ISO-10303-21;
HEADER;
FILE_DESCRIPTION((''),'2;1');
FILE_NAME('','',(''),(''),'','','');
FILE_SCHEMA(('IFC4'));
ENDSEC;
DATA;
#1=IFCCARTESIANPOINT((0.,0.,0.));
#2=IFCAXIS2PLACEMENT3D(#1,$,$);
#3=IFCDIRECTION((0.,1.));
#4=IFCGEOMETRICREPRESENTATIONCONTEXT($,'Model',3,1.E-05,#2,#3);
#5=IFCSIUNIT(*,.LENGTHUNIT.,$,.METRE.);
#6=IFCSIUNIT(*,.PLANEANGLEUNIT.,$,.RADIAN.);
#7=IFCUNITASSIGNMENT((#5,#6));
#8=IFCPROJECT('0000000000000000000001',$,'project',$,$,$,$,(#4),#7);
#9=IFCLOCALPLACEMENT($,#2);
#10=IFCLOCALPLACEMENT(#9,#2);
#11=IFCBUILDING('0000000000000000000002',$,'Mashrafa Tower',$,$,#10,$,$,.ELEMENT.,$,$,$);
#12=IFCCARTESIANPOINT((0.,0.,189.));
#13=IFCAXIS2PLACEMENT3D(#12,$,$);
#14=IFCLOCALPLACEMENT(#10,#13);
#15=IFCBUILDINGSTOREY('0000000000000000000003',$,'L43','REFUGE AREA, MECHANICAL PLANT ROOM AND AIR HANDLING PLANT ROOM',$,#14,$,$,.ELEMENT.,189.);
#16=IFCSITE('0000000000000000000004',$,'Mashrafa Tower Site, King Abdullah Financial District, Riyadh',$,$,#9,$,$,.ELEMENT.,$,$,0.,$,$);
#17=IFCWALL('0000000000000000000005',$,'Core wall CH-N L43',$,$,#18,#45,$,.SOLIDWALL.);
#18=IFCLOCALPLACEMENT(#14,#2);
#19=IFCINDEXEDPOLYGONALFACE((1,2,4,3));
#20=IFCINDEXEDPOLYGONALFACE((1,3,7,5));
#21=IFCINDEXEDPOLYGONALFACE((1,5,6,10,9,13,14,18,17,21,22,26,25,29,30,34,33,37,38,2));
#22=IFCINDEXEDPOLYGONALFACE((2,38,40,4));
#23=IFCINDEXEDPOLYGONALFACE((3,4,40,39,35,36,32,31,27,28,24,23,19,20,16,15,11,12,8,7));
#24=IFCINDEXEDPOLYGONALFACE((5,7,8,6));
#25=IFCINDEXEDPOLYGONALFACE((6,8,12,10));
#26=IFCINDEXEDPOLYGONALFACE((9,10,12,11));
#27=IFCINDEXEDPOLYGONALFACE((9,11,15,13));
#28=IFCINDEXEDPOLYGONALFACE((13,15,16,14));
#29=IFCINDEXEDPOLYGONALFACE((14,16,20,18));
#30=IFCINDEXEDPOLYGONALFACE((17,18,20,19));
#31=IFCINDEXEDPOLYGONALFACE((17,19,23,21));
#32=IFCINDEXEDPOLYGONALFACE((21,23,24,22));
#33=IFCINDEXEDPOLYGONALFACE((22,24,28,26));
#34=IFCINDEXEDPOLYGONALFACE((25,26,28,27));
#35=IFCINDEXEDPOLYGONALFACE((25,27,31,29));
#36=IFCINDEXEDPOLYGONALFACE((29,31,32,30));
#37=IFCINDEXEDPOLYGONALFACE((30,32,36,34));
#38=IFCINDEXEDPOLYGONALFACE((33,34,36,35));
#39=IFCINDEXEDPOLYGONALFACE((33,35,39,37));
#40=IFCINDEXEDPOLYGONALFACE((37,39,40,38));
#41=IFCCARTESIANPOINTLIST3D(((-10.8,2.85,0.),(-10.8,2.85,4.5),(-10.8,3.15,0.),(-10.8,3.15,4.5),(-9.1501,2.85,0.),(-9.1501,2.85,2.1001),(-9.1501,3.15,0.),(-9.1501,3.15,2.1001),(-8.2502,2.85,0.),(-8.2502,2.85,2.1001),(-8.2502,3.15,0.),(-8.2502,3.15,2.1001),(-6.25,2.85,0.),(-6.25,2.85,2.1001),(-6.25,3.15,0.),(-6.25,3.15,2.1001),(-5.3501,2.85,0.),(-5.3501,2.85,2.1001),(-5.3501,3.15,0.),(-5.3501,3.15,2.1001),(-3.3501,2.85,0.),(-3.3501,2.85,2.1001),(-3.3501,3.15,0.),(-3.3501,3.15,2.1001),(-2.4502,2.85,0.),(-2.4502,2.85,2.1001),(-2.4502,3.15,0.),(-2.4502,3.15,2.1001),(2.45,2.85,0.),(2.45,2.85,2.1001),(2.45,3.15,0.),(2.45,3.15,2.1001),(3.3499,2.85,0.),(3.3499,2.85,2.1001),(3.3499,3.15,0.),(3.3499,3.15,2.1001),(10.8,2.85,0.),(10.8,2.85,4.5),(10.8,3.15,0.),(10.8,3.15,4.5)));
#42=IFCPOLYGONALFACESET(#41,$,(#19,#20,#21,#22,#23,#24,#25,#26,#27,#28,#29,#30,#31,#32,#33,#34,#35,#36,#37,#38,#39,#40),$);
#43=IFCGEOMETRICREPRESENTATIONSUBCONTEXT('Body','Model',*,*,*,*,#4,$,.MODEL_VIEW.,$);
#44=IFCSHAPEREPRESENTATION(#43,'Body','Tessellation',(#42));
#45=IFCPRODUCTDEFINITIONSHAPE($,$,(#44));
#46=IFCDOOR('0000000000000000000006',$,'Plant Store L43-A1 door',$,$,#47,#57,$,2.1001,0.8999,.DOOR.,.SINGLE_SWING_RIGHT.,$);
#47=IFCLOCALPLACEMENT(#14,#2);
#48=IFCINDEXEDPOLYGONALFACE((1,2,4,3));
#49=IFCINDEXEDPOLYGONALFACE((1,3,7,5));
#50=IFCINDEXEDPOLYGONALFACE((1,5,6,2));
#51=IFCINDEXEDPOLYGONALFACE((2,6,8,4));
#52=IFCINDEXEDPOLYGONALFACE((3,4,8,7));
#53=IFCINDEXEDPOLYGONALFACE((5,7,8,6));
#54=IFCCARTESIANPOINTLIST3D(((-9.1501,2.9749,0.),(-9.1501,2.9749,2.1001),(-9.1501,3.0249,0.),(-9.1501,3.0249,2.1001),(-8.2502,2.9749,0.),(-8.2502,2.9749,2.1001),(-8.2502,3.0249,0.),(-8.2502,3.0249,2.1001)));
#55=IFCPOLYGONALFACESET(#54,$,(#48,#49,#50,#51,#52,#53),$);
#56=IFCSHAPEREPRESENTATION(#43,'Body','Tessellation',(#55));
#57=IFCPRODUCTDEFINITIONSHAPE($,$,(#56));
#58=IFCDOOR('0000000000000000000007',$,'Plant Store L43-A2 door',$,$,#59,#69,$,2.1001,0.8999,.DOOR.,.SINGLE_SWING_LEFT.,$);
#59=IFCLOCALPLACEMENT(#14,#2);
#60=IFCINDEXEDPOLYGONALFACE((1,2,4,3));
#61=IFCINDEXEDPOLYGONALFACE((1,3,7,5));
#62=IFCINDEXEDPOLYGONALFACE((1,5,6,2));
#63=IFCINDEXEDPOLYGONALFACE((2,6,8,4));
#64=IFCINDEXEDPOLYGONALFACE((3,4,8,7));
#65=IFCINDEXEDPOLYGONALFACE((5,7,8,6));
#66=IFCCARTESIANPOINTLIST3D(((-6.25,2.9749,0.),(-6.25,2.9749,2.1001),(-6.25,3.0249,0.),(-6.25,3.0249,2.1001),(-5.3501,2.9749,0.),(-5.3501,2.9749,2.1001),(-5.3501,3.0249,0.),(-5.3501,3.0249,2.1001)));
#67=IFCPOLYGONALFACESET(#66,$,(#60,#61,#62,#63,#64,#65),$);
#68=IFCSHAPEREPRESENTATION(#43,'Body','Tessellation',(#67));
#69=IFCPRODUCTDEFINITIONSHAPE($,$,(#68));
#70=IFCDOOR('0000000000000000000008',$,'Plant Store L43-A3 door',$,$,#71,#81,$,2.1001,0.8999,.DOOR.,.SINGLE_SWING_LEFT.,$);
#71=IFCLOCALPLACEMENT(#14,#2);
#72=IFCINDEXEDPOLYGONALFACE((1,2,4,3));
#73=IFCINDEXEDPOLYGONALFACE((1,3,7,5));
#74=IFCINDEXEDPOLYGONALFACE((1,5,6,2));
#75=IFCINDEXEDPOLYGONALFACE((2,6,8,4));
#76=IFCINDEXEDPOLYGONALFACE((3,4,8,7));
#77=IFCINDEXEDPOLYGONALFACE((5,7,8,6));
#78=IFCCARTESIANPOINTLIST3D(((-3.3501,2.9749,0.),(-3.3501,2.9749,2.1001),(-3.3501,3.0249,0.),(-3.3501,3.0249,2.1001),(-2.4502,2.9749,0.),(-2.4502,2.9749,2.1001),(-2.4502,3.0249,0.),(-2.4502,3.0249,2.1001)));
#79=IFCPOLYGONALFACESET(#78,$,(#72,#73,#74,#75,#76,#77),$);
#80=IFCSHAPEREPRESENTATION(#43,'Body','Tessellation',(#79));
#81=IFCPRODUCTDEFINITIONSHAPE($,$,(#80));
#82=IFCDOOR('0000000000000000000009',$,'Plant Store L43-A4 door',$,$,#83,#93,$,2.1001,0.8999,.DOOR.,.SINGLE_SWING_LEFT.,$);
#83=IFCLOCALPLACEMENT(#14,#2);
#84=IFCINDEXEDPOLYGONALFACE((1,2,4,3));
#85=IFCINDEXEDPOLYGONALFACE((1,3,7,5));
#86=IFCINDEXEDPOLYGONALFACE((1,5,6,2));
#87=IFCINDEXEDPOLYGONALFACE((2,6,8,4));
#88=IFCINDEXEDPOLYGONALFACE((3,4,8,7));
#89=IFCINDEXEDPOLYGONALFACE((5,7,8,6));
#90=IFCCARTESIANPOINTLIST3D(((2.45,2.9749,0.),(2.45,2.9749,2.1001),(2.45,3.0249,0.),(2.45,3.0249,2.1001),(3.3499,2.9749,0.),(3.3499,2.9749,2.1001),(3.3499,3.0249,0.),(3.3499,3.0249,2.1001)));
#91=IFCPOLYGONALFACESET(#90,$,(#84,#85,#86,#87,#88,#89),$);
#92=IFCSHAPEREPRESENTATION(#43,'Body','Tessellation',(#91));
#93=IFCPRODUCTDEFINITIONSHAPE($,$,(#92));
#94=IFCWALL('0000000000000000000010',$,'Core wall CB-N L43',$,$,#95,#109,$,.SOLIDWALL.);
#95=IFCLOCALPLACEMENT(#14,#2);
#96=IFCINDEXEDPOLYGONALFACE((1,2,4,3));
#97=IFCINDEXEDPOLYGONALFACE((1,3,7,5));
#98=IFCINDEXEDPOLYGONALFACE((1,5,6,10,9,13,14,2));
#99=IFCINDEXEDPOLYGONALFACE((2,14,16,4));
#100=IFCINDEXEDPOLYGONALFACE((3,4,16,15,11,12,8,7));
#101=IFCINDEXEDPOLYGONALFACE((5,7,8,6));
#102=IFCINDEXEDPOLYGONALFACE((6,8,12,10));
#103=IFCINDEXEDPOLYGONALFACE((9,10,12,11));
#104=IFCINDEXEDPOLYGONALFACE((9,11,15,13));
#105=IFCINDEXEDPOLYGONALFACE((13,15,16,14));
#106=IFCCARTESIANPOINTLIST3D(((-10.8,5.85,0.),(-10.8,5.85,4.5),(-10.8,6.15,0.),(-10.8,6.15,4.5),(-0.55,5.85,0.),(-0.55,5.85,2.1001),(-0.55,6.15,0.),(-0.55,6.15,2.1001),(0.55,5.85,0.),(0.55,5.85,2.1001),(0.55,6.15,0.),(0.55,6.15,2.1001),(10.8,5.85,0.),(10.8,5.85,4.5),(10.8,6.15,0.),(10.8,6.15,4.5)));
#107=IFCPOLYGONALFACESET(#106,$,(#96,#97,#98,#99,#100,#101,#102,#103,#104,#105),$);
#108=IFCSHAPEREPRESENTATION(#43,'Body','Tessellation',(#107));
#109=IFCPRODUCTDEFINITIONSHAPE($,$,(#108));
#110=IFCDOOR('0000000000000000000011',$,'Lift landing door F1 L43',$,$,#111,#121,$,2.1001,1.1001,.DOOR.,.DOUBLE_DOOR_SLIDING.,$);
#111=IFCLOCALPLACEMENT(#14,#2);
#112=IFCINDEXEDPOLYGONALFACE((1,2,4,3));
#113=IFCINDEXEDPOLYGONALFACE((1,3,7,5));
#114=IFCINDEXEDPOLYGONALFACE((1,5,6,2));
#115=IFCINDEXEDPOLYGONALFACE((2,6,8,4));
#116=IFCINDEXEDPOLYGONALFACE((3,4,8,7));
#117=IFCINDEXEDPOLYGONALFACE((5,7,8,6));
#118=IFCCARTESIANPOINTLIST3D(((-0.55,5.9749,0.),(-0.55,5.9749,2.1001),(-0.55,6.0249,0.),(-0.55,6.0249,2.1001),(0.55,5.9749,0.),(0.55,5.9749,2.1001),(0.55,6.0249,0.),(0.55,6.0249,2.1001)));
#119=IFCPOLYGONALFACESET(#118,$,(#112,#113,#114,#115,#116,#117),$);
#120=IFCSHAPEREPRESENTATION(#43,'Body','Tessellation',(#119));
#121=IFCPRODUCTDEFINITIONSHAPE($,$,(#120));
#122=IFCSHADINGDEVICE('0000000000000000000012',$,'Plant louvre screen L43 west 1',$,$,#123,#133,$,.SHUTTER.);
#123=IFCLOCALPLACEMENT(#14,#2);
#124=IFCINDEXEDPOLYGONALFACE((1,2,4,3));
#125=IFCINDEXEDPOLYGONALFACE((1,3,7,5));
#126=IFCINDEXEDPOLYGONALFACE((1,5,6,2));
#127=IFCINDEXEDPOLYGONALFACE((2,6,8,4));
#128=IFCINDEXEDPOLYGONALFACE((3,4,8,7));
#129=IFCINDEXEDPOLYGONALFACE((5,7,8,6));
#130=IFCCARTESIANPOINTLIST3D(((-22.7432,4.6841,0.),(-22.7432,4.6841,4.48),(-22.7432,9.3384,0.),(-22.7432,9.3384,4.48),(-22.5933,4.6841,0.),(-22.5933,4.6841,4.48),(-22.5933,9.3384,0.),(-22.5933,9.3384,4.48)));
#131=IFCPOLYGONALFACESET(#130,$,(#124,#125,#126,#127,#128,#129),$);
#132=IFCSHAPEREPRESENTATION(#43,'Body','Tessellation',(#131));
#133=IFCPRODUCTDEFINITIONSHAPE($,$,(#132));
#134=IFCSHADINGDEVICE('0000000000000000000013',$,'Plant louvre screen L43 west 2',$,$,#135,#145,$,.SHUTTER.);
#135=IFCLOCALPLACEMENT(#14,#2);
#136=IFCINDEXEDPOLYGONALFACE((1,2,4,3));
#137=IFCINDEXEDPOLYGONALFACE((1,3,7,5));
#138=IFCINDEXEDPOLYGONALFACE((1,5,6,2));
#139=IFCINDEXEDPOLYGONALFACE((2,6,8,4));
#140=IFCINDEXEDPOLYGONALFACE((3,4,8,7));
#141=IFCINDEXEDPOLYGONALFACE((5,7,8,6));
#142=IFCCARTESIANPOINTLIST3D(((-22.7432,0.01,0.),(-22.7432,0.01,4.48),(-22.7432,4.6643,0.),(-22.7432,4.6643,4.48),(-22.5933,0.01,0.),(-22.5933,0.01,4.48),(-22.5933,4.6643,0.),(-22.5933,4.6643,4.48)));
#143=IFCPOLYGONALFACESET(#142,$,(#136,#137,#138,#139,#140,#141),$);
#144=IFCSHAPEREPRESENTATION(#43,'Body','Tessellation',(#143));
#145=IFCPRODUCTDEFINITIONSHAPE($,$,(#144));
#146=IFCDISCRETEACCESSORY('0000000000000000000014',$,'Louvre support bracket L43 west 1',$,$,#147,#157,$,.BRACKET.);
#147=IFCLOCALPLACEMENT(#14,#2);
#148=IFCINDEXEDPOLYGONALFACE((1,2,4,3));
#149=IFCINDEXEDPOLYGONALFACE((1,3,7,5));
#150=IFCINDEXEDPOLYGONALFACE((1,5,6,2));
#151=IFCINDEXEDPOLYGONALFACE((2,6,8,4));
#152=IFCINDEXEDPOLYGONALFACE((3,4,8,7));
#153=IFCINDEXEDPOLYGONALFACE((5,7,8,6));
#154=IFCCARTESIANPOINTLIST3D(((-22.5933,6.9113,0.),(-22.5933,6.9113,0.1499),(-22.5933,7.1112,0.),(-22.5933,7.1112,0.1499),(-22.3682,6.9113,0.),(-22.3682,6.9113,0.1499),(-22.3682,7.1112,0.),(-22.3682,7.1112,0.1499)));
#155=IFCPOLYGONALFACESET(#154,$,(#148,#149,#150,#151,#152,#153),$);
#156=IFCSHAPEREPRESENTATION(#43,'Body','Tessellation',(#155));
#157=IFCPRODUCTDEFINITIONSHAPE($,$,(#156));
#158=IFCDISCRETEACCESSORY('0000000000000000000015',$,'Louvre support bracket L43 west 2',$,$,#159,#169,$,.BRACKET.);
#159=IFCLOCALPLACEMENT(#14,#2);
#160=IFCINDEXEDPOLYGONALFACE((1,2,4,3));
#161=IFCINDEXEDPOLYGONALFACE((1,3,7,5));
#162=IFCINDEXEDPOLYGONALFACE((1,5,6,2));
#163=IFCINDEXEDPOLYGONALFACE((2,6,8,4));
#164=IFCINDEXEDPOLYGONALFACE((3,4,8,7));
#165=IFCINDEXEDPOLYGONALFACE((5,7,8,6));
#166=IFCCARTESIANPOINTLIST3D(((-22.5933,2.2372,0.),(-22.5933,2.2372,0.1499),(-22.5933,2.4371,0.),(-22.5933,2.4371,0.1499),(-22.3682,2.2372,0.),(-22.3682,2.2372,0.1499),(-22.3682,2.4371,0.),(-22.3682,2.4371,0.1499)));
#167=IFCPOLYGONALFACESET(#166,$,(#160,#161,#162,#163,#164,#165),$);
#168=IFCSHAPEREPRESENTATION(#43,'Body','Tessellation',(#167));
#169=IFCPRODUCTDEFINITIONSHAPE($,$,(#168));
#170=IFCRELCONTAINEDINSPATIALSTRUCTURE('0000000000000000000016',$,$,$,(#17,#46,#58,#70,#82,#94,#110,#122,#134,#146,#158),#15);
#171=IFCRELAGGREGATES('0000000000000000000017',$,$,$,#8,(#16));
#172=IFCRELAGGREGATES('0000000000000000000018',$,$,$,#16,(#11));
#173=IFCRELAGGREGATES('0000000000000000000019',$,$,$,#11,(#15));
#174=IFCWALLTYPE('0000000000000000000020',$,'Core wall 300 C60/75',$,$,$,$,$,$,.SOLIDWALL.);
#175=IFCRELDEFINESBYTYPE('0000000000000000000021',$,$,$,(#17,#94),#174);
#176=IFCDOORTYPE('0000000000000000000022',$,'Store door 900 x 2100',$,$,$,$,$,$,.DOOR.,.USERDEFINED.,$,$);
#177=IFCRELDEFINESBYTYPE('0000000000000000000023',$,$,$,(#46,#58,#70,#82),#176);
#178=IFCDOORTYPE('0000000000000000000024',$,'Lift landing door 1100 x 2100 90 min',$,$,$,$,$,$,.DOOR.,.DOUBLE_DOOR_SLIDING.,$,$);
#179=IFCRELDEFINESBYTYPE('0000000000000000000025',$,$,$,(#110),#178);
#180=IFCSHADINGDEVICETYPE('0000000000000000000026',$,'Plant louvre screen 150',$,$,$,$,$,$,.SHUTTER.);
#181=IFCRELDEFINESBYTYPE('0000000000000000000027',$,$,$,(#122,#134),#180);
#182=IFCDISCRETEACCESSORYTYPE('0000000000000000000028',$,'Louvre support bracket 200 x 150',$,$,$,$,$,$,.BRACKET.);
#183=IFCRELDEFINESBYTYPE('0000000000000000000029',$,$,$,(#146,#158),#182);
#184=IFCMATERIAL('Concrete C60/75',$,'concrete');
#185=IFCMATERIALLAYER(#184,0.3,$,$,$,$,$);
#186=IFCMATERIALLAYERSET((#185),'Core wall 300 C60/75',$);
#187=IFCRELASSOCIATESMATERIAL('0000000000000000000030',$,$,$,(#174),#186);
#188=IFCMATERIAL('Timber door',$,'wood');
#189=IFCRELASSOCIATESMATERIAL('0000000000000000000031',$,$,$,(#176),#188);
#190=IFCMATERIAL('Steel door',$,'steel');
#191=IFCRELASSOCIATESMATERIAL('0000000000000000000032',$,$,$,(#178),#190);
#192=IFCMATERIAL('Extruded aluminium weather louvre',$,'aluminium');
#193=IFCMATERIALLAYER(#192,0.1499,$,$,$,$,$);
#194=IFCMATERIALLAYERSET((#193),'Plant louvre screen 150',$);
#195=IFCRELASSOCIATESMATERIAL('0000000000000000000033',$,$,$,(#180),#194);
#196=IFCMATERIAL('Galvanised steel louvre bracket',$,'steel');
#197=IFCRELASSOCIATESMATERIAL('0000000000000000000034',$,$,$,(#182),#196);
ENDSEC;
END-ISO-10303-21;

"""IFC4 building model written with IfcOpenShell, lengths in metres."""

from ifc_helpers import new_model, si_unit, direction, frame, frame_2d, origin, origin_2d, place, context, subcontext, project, spatial, rectangle, extrude, source, transform, mapped, material, layer, layer_set, type_object, type_shapes, element, fill, save


model = new_model("IFC4")

# Units and contexts
model_context = context("Model", 3, precision=1e-05, world=origin(), true_north=direction((0.0, 1.0)))
body_context = subcontext(model_context, "Body", "Model", "MODEL_VIEW")
ifc_project = project(units=[si_unit("LENGTHUNIT", "METRE"), si_unit("PLANEANGLEUNIT", "RADIAN")], contexts=[model_context])

# Site, building, storey
site_placement = place(None, origin())
site = spatial("IfcSite", under=ifc_project, at=site_placement, Name="Mashrafa Tower Site, King Abdullah Financial District, Riyadh", CompositionType="ELEMENT", RefElevation=0.0)
building_placement = place(site_placement, origin())
building = spatial("IfcBuilding", under=site, at=building_placement, Name="Mashrafa Tower", CompositionType="ELEMENT")
storey_placement = place(building_placement, frame((0.0, 0.0, 189.0)))
storey = spatial("IfcBuildingStorey", under=building, at=storey_placement, Name="L43", Description="REFUGE AREA, MECHANICAL PLANT ROOM AND AIR HANDLING PLANT ROOM", CompositionType="ELEMENT", Elevation=189.0)

# Wall, openings, doors
ifc_material_1 = material(Name="Concrete C60/75", Category="concrete")
ifc_layer_1 = layer(ifc_material_1, 0.3)
ifc_layer_set_1 = layer_set([ifc_layer_1], Name="Core wall 300 C60/75")
wall_type = type_object("IfcWallType", Name="Core wall 300 C60/75", PredefinedType="SOLIDWALL", material=ifc_layer_set_1)
wall_1_placement = place(storey_placement, frame((-10.8, 3.0, 0.0), z_axis=(0.0, 0.0, 1.0), x_axis=(1.0, 0.0, 0.0)))
wall_1 = element("IfcWall", 1, at=wall_1_placement, inside=storey, type_object=wall_type, Name="Core wall CH-N L43", PredefinedType="SOLIDWALL", context=body_context, shape_type="SweptSolid", body=[
    extrude(rectangle(XDim=21.6001, YDim=0.3, at=frame_2d((10.8, 0.0))), origin(), (0.0, 0.0, 1.0), 4.5),
])
opening_1_placement = place(wall_1_placement, frame((1.6499, 0.0, 0.0)))
opening_1 = element("IfcOpeningElement", 2, at=opening_1_placement, cuts=wall_1, PredefinedType="OPENING", context=body_context, shape_type="SweptSolid", body=[
    extrude(rectangle(XDim=0.8999, YDim=2.1001, at=frame_2d((0.45, 1.05))), frame((0.0, 0.1599, 0.0), z_axis=(0.0, -1.0, 0.0), x_axis=(1.0, 0.0, 0.0)), (0.0, 0.0, 1.0), 0.3201),
])
opening_2_placement = place(wall_1_placement, frame((4.55, 0.0, 0.0)))
opening_2 = element("IfcOpeningElement", 3, at=opening_2_placement, cuts=wall_1, PredefinedType="OPENING", context=body_context, shape_type="SweptSolid", body=[
    extrude(rectangle(XDim=0.8999, YDim=2.1001, at=frame_2d((0.45, 1.05))), frame((0.0, 0.1599, 0.0), z_axis=(0.0, -1.0, 0.0), x_axis=(1.0, 0.0, 0.0)), (0.0, 0.0, 1.0), 0.3201),
])
opening_3_placement = place(wall_1_placement, frame((7.45, 0.0, 0.0)))
opening_3 = element("IfcOpeningElement", 4, at=opening_3_placement, cuts=wall_1, PredefinedType="OPENING", context=body_context, shape_type="SweptSolid", body=[
    extrude(rectangle(XDim=0.8999, YDim=2.1001, at=frame_2d((0.45, 1.05))), frame((0.0, 0.1599, 0.0), z_axis=(0.0, -1.0, 0.0), x_axis=(1.0, 0.0, 0.0)), (0.0, 0.0, 1.0), 0.3201),
])
opening_4_placement = place(wall_1_placement, frame((13.25, 0.0, 0.0)))
opening_4 = element("IfcOpeningElement", 5, at=opening_4_placement, cuts=wall_1, PredefinedType="OPENING", context=body_context, shape_type="SweptSolid", body=[
    extrude(rectangle(XDim=0.8999, YDim=2.1001, at=frame_2d((0.45, 1.05))), frame((0.0, 0.1599, 0.0), z_axis=(0.0, -1.0, 0.0), x_axis=(1.0, 0.0, 0.0)), (0.0, 0.0, 1.0), 0.3201),
])
ifc_material_2 = material(Name="Timber door", Category="wood")
door_type_1 = type_object("IfcDoorType", Name="Store door 900 x 2100", OperationType="USERDEFINED", PredefinedType="DOOR", material=ifc_material_2)
door_1_placement = place(opening_1_placement, origin())
door_1 = element("IfcDoor", 6, at=door_1_placement, inside=storey, type_object=door_type_1, Name="Plant Store L43-A1 door", OperationType="SINGLE_SWING_RIGHT", OverallHeight=2.1001, OverallWidth=0.8999, PredefinedType="DOOR", context=body_context, shape_type="SweptSolid", body=[
    extrude(rectangle(XDim=0.8999, YDim=2.1001, at=frame_2d((0.45, 1.05))), frame((0.0, 0.0249, 0.0), z_axis=(0.0, -1.0, 0.0), x_axis=(1.0, 0.0, 0.0)), (0.0, 0.0, 1.0), 0.05),
])
fill(opening_1, door_1)
door_2_placement = place(opening_2_placement, origin())
door_2 = element("IfcDoor", 7, at=door_2_placement, inside=storey, type_object=door_type_1, Name="Plant Store L43-A2 door", OperationType="SINGLE_SWING_LEFT", OverallHeight=2.1001, OverallWidth=0.8999, PredefinedType="DOOR", context=body_context, shape_type="SweptSolid", body=[
    extrude(rectangle(XDim=0.8999, YDim=2.1001, at=frame_2d((0.45, 1.05))), frame((0.0, 0.0249, 0.0), z_axis=(0.0, -1.0, 0.0), x_axis=(1.0, 0.0, 0.0)), (0.0, 0.0, 1.0), 0.05),
])
fill(opening_2, door_2)
door_3_placement = place(opening_3_placement, origin())
door_3 = element("IfcDoor", 8, at=door_3_placement, inside=storey, type_object=door_type_1, Name="Plant Store L43-A3 door", OperationType="SINGLE_SWING_LEFT", OverallHeight=2.1001, OverallWidth=0.8999, PredefinedType="DOOR", context=body_context, shape_type="SweptSolid", body=[
    extrude(rectangle(XDim=0.8999, YDim=2.1001, at=frame_2d((0.45, 1.05))), frame((0.0, 0.0249, 0.0), z_axis=(0.0, -1.0, 0.0), x_axis=(1.0, 0.0, 0.0)), (0.0, 0.0, 1.0), 0.05),
])
fill(opening_3, door_3)
door_4_placement = place(opening_4_placement, origin())
door_4 = element("IfcDoor", 9, at=door_4_placement, inside=storey, type_object=door_type_1, Name="Plant Store L43-A4 door", OperationType="SINGLE_SWING_LEFT", OverallHeight=2.1001, OverallWidth=0.8999, PredefinedType="DOOR", context=body_context, shape_type="SweptSolid", body=[
    extrude(rectangle(XDim=0.8999, YDim=2.1001, at=frame_2d((0.45, 1.05))), frame((0.0, 0.0249, 0.0), z_axis=(0.0, -1.0, 0.0), x_axis=(1.0, 0.0, 0.0)), (0.0, 0.0, 1.0), 0.05),
])
fill(opening_4, door_4)

# Wall, opening, door
wall_2_placement = place(storey_placement, frame((-10.8, 6.0, 0.0), z_axis=(0.0, 0.0, 1.0), x_axis=(1.0, 0.0, 0.0)))
wall_2 = element("IfcWall", 10, at=wall_2_placement, inside=storey, type_object=wall_type, Name="Core wall CB-N L43", PredefinedType="SOLIDWALL", context=body_context, shape_type="SweptSolid", body=[
    extrude(rectangle(XDim=21.6001, YDim=0.3, at=frame_2d((10.8, 0.0))), origin(), (0.0, 0.0, 1.0), 4.5),
])
opening_5_placement = place(wall_2_placement, frame((10.25, 0.0, 0.0)))
opening_5 = element("IfcOpeningElement", 11, at=opening_5_placement, cuts=wall_2, PredefinedType="OPENING", context=body_context, shape_type="SweptSolid", body=[
    extrude(rectangle(XDim=1.1001, YDim=2.1001, at=frame_2d((0.55, 1.05))), frame((0.0, 0.1599, 0.0), z_axis=(0.0, -1.0, 0.0), x_axis=(1.0, 0.0, 0.0)), (0.0, 0.0, 1.0), 0.3201),
])
ifc_material_3 = material(Name="Steel door", Category="steel")
door_type_2 = type_object("IfcDoorType", Name="Lift landing door 1100 x 2100 90 min", OperationType="DOUBLE_DOOR_SLIDING", PredefinedType="DOOR", material=ifc_material_3)
door_5_placement = place(opening_5_placement, origin())
door_5 = element("IfcDoor", 12, at=door_5_placement, inside=storey, type_object=door_type_2, Name="Lift landing door F1 L43", OperationType="DOUBLE_DOOR_SLIDING", OverallHeight=2.1001, OverallWidth=1.1001, PredefinedType="DOOR", context=body_context, shape_type="SweptSolid", body=[
    extrude(rectangle(XDim=1.1001, YDim=2.1001, at=frame_2d((0.55, 1.05))), frame((0.0, 0.0249, 0.0), z_axis=(0.0, -1.0, 0.0), x_axis=(1.0, 0.0, 0.0)), (0.0, 0.0, 1.0), 0.05),
])
fill(opening_5, door_5)

# Shading devices
ifc_material_4 = material(Name="Extruded aluminium weather louvre", Category="aluminium")
ifc_layer_2 = layer(ifc_material_4, 0.1499)
ifc_layer_set_2 = layer_set([ifc_layer_2], Name="Plant louvre screen 150")
shading_device_type = type_object("IfcShadingDeviceType", Name="Plant louvre screen 150", PredefinedType="SHUTTER", material=ifc_layer_set_2)
shared_shape_1 = source(origin(), body_context, "Body", "SweptSolid", [
    extrude(rectangle(XDim=4.6543, YDim=0.1499, at=origin_2d()), origin(), (0.0, 0.0, 1.0), 4.48),
])
type_shapes(shading_device_type, [shared_shape_1])
for number, where, z_axis, x_axis, name in (
    (13, (-22.6682, 7.0112, 0.0), (0.0, 0.0, 1.0), (0.0, -1.0, 0.0), "Plant louvre screen L43 west 1"),
    (14, (-22.6682, 2.3372, 0.0), (0.0, 0.0, 1.0), (0.0, -1.0, 0.0), "Plant louvre screen L43 west 2"),
):
    element("IfcShadingDevice", number, at=place(storey_placement, frame(where, z_axis=z_axis, x_axis=x_axis)), inside=storey, type_object=shading_device_type, Name=name, PredefinedType="SHUTTER", context=body_context, shape_type="MappedRepresentation", body=[
        mapped(shared_shape_1, transform((0.0, 0.0, 0.0))),
    ])

# Discrete accessories
ifc_material_5 = material(Name="Galvanised steel louvre bracket", Category="steel")
discrete_accessory_type = type_object("IfcDiscreteAccessoryType", Name="Louvre support bracket 200 x 150", PredefinedType="BRACKET", material=ifc_material_5)
shared_shape_2 = source(origin(), body_context, "Body", "SweptSolid", [
    extrude(rectangle(XDim=0.2, YDim=0.2251, at=origin_2d()), origin(), (0.0, 0.0, 1.0), 0.1499),
])
type_shapes(discrete_accessory_type, [shared_shape_2])
for number, where, z_axis, x_axis, name in (
    (15, (-22.4807, 7.0112, 0.0), (0.0, 0.0, 1.0), (0.0, -1.0, 0.0), "Louvre support bracket L43 west 1"),
    (16, (-22.4807, 2.3372, 0.0), (0.0, 0.0, 1.0), (0.0, -1.0, 0.0), "Louvre support bracket L43 west 2"),
):
    element("IfcDiscreteAccessory", number, at=place(storey_placement, frame(where, z_axis=z_axis, x_axis=x_axis)), inside=storey, type_object=discrete_accessory_type, Name=name, PredefinedType="BRACKET", context=body_context, shape_type="MappedRepresentation", body=[
        mapped(shared_shape_2, transform((0.0, 0.0, 0.0))),
    ])

save(model, "model.ifc")
